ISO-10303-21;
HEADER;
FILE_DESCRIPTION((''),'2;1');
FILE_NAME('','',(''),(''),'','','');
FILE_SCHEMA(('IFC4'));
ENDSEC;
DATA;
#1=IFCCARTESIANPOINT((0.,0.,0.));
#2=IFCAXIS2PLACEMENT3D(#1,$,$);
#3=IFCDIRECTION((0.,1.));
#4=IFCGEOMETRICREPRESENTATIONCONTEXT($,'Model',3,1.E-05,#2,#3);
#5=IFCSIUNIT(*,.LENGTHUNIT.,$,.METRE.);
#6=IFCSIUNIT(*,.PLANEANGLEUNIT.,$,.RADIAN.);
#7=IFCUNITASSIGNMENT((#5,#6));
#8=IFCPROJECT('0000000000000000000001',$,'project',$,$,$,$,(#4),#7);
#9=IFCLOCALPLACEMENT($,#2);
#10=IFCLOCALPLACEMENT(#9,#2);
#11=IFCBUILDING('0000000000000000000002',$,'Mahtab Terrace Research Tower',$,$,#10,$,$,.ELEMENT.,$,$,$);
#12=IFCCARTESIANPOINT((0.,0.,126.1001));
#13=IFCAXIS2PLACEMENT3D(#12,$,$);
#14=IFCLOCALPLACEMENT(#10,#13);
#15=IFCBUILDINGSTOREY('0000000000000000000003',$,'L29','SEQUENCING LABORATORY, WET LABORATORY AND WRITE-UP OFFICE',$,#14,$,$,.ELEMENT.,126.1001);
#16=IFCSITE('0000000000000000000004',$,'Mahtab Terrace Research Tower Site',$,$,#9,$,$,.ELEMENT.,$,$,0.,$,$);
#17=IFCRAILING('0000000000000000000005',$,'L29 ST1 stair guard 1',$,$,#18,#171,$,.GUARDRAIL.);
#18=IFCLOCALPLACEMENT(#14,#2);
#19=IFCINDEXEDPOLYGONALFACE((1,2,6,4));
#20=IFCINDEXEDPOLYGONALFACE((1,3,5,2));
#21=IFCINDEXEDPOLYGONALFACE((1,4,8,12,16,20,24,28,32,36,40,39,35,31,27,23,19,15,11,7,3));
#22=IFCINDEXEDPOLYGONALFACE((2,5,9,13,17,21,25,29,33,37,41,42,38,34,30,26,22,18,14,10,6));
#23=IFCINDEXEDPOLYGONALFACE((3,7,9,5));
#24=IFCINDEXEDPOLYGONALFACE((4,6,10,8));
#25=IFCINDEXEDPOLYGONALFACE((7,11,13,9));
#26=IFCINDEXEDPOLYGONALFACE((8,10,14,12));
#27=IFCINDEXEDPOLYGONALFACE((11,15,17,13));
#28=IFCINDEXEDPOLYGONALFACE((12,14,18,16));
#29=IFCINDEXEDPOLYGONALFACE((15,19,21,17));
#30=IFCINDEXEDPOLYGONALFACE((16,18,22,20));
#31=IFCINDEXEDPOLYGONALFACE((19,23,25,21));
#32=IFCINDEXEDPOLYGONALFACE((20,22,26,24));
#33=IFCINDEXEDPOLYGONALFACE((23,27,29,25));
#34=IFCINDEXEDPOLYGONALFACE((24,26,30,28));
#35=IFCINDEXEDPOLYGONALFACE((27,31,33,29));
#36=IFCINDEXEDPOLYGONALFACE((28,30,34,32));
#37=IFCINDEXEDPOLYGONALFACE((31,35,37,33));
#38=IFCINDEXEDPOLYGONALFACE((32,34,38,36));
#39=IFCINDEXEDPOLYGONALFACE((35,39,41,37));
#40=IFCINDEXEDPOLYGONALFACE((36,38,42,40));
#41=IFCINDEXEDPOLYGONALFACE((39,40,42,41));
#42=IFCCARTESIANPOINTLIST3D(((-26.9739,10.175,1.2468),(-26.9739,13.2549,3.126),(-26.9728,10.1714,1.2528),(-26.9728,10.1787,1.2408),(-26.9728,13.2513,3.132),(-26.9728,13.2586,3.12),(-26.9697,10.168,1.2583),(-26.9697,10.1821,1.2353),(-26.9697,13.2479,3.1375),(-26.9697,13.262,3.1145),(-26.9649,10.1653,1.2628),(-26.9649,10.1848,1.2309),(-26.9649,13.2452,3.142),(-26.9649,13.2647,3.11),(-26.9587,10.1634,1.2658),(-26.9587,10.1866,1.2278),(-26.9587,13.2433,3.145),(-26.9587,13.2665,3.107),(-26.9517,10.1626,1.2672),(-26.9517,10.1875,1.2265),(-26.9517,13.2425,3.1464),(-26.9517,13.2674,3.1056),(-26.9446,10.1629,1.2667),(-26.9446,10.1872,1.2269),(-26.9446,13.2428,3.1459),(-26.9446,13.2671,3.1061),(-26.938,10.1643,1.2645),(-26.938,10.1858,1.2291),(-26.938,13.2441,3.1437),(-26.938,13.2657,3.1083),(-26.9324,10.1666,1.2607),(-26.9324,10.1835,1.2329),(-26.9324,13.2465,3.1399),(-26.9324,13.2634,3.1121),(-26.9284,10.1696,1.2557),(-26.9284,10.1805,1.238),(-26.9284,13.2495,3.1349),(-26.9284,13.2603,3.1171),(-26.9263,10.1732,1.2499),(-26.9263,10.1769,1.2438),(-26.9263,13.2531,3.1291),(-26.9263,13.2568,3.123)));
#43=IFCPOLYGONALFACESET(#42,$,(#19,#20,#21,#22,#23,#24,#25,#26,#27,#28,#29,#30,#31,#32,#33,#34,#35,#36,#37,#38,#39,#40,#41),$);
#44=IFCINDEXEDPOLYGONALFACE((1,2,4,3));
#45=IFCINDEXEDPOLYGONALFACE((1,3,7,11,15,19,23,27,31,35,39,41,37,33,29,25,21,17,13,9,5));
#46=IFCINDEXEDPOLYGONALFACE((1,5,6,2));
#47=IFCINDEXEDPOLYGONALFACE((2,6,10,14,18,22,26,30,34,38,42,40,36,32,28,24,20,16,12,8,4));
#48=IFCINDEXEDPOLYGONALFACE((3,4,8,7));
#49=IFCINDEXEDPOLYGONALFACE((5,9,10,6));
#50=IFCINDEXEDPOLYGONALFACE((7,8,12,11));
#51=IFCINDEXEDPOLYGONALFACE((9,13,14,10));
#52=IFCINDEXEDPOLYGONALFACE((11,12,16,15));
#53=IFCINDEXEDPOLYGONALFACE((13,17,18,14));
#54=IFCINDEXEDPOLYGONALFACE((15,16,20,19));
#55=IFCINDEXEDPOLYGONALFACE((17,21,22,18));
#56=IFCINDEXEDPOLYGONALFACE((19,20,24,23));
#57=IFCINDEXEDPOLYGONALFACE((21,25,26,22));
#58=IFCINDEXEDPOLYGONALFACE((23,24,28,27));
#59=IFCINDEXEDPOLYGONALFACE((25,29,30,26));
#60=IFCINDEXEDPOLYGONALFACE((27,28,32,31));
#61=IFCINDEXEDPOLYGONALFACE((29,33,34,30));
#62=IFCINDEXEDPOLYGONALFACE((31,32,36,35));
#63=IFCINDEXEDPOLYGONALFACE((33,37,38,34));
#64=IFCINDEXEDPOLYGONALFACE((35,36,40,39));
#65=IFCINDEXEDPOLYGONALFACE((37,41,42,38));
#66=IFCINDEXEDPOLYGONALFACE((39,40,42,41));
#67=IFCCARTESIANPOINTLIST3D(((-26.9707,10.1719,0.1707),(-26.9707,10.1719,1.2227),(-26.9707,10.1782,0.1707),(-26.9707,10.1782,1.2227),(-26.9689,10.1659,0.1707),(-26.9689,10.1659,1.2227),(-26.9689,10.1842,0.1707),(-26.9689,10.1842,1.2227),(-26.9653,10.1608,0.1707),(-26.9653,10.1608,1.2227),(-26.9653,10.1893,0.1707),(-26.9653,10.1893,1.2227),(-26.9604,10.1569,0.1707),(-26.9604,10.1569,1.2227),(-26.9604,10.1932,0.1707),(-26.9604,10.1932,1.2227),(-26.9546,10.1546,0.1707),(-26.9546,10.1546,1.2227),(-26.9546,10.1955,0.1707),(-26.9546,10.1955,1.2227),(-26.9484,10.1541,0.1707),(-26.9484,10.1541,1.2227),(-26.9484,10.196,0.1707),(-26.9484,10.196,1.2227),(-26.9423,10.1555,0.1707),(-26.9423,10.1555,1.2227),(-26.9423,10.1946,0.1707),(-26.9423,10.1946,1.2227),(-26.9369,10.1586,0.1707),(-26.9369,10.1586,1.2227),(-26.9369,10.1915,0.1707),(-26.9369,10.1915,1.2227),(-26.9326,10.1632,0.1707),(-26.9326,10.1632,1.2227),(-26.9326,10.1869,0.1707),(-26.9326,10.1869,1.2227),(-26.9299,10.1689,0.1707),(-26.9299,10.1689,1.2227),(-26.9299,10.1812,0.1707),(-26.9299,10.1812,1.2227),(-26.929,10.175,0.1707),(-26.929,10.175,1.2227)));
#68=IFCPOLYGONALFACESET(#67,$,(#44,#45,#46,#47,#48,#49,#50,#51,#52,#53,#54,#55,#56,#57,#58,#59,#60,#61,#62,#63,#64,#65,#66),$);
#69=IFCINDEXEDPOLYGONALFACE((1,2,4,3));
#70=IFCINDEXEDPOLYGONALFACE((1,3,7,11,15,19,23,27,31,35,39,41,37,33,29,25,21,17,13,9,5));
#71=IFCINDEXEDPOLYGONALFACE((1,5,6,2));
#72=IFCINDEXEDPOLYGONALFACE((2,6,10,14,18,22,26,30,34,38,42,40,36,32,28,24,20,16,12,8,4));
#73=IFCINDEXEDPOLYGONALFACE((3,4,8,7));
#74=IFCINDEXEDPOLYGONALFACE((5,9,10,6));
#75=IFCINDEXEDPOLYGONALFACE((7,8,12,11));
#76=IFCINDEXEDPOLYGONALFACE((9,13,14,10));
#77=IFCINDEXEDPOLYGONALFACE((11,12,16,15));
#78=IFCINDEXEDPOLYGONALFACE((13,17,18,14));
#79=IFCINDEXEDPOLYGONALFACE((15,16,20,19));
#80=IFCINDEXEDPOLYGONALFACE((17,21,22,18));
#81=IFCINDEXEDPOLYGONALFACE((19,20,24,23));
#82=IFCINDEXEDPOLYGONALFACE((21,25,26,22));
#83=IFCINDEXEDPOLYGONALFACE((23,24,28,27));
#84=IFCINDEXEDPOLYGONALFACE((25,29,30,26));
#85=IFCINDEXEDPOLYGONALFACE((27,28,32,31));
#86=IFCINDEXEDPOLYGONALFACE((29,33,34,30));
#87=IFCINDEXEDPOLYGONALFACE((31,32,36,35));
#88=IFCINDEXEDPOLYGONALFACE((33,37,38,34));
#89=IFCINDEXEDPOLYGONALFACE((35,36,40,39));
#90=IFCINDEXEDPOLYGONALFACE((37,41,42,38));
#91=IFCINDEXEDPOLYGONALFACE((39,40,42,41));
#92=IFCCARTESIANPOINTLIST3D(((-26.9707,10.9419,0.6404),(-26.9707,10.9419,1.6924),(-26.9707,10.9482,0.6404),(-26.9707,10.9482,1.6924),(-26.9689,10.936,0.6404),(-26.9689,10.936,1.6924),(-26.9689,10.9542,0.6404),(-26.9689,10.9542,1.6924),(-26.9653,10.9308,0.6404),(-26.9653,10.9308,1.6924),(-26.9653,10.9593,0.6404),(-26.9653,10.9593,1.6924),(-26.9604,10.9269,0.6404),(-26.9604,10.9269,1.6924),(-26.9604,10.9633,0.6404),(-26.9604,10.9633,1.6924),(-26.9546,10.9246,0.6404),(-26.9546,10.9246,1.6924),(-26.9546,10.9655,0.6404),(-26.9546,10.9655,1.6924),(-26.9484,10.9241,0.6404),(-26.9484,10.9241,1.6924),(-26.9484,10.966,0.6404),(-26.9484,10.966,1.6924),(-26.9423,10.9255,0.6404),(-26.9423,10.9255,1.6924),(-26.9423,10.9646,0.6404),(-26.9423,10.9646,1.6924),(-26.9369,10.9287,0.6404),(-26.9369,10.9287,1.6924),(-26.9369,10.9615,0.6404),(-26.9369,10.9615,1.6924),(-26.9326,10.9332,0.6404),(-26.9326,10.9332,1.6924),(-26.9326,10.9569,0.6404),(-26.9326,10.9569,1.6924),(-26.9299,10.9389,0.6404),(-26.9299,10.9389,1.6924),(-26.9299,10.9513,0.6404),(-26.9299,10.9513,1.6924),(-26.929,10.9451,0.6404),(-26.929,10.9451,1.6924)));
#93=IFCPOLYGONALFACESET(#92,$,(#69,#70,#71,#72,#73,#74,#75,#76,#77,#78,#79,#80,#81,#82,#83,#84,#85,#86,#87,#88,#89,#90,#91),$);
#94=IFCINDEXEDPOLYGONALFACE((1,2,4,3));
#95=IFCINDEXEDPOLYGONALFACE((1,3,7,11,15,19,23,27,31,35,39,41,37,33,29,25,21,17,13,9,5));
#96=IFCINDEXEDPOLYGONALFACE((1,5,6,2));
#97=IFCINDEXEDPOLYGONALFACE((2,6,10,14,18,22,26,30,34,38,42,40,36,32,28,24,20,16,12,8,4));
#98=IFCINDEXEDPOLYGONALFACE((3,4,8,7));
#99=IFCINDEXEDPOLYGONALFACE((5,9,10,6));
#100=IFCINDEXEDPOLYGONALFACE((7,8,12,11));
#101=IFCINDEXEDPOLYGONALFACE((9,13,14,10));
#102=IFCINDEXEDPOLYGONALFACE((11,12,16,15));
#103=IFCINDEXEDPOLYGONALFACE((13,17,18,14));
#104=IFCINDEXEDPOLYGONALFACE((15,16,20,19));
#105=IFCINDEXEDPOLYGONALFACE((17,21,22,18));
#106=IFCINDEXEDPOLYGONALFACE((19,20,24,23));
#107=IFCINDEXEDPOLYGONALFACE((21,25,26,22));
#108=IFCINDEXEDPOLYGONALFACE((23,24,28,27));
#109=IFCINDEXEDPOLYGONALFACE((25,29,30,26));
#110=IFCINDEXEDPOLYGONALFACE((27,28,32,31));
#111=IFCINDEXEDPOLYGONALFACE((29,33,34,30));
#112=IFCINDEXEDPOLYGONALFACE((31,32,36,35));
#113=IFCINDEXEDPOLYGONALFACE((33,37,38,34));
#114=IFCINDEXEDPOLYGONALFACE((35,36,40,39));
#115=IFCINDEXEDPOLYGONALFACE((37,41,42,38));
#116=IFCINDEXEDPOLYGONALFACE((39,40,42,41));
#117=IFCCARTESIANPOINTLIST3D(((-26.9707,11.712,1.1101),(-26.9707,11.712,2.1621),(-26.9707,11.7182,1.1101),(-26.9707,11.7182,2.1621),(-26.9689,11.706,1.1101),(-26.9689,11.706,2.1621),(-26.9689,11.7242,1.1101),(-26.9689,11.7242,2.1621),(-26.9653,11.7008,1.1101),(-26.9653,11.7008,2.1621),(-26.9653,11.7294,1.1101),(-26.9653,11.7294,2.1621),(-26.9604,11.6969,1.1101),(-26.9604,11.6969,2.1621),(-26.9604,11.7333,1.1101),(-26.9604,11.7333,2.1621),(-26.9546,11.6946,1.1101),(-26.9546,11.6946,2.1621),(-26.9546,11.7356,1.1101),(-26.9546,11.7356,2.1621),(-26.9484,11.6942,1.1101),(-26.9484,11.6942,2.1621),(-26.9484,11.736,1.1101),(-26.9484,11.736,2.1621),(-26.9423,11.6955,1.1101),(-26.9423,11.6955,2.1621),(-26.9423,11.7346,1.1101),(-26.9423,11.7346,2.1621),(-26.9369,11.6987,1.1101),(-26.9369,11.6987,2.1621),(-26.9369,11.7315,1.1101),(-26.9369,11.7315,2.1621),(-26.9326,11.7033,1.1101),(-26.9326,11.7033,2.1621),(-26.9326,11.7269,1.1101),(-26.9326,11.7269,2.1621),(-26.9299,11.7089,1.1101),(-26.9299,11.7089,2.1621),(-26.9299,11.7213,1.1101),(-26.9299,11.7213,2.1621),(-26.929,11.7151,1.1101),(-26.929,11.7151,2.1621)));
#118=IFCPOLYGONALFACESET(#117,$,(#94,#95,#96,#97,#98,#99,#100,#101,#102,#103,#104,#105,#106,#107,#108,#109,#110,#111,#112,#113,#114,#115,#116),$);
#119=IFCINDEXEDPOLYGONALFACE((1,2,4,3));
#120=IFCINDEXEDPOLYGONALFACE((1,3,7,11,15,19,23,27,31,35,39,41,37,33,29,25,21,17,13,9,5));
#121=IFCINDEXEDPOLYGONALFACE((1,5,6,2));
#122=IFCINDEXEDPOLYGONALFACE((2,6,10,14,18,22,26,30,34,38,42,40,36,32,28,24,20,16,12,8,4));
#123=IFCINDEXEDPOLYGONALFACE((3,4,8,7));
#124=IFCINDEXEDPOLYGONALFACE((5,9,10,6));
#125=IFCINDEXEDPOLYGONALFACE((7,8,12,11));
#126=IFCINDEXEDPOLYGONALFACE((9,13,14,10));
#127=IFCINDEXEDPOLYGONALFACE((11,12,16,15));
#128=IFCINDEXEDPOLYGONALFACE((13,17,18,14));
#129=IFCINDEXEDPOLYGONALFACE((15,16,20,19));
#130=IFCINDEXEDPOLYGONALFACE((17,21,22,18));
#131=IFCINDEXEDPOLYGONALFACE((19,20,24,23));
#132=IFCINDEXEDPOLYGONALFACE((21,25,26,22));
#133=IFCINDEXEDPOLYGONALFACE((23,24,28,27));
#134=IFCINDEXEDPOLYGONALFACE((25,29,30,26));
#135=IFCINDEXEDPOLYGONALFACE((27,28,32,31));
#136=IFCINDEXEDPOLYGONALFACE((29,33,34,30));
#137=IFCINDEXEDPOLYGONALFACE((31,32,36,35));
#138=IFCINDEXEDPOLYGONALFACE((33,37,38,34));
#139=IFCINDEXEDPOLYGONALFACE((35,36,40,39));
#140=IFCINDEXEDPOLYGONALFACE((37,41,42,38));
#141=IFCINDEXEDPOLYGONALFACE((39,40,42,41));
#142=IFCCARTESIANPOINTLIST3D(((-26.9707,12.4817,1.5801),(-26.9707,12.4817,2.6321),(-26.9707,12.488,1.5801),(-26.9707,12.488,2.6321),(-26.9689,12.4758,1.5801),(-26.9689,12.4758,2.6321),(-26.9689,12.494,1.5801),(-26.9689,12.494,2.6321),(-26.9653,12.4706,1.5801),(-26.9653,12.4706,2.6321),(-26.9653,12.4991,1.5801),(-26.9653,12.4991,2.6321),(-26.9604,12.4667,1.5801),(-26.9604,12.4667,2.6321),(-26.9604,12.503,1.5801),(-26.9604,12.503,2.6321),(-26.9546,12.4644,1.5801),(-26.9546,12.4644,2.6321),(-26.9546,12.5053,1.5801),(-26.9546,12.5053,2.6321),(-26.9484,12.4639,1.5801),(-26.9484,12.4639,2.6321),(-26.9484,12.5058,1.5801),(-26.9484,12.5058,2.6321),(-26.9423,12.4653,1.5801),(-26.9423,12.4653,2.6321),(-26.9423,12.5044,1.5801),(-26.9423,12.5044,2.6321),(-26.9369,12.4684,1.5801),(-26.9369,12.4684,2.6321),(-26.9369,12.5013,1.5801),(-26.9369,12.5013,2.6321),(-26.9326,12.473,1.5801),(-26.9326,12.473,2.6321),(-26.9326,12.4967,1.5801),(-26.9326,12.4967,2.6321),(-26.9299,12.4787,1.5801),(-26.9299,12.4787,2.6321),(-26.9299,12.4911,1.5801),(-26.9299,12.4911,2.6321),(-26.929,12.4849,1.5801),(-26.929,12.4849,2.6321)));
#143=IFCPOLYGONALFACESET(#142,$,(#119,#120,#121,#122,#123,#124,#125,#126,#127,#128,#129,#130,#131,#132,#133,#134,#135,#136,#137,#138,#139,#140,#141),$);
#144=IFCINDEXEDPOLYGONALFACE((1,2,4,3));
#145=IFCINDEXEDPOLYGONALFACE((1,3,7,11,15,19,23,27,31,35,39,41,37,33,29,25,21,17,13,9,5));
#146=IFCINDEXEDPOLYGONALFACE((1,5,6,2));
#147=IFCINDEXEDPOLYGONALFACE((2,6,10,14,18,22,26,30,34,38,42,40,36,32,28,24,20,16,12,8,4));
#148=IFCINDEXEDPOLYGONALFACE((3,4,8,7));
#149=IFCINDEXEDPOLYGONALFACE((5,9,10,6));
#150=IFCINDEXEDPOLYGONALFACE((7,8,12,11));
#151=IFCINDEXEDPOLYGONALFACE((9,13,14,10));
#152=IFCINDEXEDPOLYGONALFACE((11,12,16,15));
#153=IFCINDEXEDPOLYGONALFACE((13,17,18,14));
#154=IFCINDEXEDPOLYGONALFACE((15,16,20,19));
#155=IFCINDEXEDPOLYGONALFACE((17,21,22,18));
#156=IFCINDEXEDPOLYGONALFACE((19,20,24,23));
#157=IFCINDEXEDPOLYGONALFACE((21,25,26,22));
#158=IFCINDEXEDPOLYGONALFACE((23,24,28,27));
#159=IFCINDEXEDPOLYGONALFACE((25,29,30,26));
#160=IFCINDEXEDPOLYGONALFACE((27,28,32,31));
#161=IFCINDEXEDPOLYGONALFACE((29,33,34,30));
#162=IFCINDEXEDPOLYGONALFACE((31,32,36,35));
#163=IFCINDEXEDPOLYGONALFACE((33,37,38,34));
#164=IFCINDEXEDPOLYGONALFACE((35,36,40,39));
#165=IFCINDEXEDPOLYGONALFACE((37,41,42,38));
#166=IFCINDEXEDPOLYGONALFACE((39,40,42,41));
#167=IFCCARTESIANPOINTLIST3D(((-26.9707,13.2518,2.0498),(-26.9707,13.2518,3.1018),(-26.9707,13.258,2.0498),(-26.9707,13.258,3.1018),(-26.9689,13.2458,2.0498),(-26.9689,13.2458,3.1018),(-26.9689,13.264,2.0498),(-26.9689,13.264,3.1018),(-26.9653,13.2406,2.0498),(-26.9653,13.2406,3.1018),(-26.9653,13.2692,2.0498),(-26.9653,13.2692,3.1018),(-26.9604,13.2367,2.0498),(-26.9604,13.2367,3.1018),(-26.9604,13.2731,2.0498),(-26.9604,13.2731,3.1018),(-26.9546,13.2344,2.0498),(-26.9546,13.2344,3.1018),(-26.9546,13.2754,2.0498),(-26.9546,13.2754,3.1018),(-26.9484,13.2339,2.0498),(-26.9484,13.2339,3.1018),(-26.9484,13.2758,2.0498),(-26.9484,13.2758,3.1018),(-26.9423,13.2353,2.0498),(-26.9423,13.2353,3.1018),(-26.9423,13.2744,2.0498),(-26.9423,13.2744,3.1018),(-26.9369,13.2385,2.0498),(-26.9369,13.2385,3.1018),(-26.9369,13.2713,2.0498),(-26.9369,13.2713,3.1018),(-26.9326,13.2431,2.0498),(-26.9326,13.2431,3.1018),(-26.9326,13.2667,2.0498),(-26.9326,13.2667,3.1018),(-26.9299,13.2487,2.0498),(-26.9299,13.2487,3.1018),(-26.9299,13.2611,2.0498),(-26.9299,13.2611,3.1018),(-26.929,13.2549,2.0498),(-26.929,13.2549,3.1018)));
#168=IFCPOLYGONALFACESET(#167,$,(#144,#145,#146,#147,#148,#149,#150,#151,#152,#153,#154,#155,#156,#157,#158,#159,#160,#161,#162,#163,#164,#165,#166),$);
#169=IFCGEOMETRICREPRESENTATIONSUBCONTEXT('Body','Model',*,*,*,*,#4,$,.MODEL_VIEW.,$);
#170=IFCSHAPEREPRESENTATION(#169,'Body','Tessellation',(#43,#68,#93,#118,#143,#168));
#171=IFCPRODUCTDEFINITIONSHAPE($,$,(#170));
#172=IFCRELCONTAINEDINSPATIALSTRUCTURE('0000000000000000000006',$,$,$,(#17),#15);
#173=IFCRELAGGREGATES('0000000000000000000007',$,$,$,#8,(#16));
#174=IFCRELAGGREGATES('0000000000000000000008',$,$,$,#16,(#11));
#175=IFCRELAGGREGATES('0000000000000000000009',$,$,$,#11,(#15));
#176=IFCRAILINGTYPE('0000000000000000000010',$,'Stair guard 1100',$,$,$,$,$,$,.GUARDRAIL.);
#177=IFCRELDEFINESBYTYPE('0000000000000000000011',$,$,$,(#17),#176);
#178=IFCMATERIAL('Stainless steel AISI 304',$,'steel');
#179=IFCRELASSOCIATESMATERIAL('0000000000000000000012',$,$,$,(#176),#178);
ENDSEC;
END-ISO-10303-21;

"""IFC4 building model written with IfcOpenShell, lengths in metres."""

from ifc_helpers import new_model, si_unit, direction, frame, origin, origin_2d, place, context, subcontext, project, spatial, circle, extrude, material, type_object, element, save


model = new_model("IFC4")

# Units and contexts
model_context = context("Model", 3, precision=1e-05, world=origin(), true_north=direction((0.0, 1.0)))
body_context = subcontext(model_context, "Body", "Model", "MODEL_VIEW")
ifc_project = project(units=[si_unit("LENGTHUNIT", "METRE"), si_unit("PLANEANGLEUNIT", "RADIAN")], contexts=[model_context])

# Site, building, storey
site_placement = place(None, origin())
site = spatial("IfcSite", under=ifc_project, at=site_placement, Name="Mahtab Terrace Research Tower Site", CompositionType="ELEMENT", RefElevation=0.0)
building_placement = place(site_placement, origin())
building = spatial("IfcBuilding", under=site, at=building_placement, Name="Mahtab Terrace Research Tower", CompositionType="ELEMENT")
storey_placement = place(building_placement, frame((0.0, 0.0, 126.1001)))
storey = spatial("IfcBuildingStorey", under=building, at=storey_placement, Name="L29", Description="SEQUENCING LABORATORY, WET LABORATORY AND WRITE-UP OFFICE", CompositionType="ELEMENT", Elevation=126.1001)

# Railing
ifc_material_1 = material(Name="Stainless steel AISI 304", Category="steel")
railing_type_1 = type_object("IfcRailingType", Name="Stair guard 1100", PredefinedType="GUARDRAIL", material=ifc_material_1)
railing_1_placement = place(storey_placement, frame((-26.95, 10.175, 0.1707)))
element("IfcRailing", 1, at=railing_1_placement, inside=storey, type_object=railing_type_1, Name="L29 ST1 stair guard 1", PredefinedType="GUARDRAIL", context=body_context, shape_type="SweptSolid", body=[
    extrude(circle(Radius=0.0239, at=origin_2d()), frame((0.0, 0.0, 1.0762), z_axis=(0.0, 0.853648, 0.52085), x_axis=(-1.0, 0.0, 0.0)), (0.0, 0.0, 1.0), 3.6079),
    extrude(circle(Radius=0.021, at=origin_2d()), origin(), (0.0, 0.0, 1.0), 1.052),
    extrude(circle(Radius=0.021, at=origin_2d()), frame((0.0, 0.77, 0.4697)), (0.0, 0.0, 1.0), 1.052),
    extrude(circle(Radius=0.021, at=origin_2d()), frame((0.0, 1.54, 0.9395)), (0.0, 0.0, 1.0), 1.052),
    extrude(circle(Radius=0.021, at=origin_2d()), frame((0.0, 2.3098, 1.4094)), (0.0, 0.0, 1.0), 1.052),
    extrude(circle(Radius=0.021, at=origin_2d()), frame((0.0, 3.0798, 1.8792)), (0.0, 0.0, 1.0), 1.052),
])

save(model, "model.ifc")
